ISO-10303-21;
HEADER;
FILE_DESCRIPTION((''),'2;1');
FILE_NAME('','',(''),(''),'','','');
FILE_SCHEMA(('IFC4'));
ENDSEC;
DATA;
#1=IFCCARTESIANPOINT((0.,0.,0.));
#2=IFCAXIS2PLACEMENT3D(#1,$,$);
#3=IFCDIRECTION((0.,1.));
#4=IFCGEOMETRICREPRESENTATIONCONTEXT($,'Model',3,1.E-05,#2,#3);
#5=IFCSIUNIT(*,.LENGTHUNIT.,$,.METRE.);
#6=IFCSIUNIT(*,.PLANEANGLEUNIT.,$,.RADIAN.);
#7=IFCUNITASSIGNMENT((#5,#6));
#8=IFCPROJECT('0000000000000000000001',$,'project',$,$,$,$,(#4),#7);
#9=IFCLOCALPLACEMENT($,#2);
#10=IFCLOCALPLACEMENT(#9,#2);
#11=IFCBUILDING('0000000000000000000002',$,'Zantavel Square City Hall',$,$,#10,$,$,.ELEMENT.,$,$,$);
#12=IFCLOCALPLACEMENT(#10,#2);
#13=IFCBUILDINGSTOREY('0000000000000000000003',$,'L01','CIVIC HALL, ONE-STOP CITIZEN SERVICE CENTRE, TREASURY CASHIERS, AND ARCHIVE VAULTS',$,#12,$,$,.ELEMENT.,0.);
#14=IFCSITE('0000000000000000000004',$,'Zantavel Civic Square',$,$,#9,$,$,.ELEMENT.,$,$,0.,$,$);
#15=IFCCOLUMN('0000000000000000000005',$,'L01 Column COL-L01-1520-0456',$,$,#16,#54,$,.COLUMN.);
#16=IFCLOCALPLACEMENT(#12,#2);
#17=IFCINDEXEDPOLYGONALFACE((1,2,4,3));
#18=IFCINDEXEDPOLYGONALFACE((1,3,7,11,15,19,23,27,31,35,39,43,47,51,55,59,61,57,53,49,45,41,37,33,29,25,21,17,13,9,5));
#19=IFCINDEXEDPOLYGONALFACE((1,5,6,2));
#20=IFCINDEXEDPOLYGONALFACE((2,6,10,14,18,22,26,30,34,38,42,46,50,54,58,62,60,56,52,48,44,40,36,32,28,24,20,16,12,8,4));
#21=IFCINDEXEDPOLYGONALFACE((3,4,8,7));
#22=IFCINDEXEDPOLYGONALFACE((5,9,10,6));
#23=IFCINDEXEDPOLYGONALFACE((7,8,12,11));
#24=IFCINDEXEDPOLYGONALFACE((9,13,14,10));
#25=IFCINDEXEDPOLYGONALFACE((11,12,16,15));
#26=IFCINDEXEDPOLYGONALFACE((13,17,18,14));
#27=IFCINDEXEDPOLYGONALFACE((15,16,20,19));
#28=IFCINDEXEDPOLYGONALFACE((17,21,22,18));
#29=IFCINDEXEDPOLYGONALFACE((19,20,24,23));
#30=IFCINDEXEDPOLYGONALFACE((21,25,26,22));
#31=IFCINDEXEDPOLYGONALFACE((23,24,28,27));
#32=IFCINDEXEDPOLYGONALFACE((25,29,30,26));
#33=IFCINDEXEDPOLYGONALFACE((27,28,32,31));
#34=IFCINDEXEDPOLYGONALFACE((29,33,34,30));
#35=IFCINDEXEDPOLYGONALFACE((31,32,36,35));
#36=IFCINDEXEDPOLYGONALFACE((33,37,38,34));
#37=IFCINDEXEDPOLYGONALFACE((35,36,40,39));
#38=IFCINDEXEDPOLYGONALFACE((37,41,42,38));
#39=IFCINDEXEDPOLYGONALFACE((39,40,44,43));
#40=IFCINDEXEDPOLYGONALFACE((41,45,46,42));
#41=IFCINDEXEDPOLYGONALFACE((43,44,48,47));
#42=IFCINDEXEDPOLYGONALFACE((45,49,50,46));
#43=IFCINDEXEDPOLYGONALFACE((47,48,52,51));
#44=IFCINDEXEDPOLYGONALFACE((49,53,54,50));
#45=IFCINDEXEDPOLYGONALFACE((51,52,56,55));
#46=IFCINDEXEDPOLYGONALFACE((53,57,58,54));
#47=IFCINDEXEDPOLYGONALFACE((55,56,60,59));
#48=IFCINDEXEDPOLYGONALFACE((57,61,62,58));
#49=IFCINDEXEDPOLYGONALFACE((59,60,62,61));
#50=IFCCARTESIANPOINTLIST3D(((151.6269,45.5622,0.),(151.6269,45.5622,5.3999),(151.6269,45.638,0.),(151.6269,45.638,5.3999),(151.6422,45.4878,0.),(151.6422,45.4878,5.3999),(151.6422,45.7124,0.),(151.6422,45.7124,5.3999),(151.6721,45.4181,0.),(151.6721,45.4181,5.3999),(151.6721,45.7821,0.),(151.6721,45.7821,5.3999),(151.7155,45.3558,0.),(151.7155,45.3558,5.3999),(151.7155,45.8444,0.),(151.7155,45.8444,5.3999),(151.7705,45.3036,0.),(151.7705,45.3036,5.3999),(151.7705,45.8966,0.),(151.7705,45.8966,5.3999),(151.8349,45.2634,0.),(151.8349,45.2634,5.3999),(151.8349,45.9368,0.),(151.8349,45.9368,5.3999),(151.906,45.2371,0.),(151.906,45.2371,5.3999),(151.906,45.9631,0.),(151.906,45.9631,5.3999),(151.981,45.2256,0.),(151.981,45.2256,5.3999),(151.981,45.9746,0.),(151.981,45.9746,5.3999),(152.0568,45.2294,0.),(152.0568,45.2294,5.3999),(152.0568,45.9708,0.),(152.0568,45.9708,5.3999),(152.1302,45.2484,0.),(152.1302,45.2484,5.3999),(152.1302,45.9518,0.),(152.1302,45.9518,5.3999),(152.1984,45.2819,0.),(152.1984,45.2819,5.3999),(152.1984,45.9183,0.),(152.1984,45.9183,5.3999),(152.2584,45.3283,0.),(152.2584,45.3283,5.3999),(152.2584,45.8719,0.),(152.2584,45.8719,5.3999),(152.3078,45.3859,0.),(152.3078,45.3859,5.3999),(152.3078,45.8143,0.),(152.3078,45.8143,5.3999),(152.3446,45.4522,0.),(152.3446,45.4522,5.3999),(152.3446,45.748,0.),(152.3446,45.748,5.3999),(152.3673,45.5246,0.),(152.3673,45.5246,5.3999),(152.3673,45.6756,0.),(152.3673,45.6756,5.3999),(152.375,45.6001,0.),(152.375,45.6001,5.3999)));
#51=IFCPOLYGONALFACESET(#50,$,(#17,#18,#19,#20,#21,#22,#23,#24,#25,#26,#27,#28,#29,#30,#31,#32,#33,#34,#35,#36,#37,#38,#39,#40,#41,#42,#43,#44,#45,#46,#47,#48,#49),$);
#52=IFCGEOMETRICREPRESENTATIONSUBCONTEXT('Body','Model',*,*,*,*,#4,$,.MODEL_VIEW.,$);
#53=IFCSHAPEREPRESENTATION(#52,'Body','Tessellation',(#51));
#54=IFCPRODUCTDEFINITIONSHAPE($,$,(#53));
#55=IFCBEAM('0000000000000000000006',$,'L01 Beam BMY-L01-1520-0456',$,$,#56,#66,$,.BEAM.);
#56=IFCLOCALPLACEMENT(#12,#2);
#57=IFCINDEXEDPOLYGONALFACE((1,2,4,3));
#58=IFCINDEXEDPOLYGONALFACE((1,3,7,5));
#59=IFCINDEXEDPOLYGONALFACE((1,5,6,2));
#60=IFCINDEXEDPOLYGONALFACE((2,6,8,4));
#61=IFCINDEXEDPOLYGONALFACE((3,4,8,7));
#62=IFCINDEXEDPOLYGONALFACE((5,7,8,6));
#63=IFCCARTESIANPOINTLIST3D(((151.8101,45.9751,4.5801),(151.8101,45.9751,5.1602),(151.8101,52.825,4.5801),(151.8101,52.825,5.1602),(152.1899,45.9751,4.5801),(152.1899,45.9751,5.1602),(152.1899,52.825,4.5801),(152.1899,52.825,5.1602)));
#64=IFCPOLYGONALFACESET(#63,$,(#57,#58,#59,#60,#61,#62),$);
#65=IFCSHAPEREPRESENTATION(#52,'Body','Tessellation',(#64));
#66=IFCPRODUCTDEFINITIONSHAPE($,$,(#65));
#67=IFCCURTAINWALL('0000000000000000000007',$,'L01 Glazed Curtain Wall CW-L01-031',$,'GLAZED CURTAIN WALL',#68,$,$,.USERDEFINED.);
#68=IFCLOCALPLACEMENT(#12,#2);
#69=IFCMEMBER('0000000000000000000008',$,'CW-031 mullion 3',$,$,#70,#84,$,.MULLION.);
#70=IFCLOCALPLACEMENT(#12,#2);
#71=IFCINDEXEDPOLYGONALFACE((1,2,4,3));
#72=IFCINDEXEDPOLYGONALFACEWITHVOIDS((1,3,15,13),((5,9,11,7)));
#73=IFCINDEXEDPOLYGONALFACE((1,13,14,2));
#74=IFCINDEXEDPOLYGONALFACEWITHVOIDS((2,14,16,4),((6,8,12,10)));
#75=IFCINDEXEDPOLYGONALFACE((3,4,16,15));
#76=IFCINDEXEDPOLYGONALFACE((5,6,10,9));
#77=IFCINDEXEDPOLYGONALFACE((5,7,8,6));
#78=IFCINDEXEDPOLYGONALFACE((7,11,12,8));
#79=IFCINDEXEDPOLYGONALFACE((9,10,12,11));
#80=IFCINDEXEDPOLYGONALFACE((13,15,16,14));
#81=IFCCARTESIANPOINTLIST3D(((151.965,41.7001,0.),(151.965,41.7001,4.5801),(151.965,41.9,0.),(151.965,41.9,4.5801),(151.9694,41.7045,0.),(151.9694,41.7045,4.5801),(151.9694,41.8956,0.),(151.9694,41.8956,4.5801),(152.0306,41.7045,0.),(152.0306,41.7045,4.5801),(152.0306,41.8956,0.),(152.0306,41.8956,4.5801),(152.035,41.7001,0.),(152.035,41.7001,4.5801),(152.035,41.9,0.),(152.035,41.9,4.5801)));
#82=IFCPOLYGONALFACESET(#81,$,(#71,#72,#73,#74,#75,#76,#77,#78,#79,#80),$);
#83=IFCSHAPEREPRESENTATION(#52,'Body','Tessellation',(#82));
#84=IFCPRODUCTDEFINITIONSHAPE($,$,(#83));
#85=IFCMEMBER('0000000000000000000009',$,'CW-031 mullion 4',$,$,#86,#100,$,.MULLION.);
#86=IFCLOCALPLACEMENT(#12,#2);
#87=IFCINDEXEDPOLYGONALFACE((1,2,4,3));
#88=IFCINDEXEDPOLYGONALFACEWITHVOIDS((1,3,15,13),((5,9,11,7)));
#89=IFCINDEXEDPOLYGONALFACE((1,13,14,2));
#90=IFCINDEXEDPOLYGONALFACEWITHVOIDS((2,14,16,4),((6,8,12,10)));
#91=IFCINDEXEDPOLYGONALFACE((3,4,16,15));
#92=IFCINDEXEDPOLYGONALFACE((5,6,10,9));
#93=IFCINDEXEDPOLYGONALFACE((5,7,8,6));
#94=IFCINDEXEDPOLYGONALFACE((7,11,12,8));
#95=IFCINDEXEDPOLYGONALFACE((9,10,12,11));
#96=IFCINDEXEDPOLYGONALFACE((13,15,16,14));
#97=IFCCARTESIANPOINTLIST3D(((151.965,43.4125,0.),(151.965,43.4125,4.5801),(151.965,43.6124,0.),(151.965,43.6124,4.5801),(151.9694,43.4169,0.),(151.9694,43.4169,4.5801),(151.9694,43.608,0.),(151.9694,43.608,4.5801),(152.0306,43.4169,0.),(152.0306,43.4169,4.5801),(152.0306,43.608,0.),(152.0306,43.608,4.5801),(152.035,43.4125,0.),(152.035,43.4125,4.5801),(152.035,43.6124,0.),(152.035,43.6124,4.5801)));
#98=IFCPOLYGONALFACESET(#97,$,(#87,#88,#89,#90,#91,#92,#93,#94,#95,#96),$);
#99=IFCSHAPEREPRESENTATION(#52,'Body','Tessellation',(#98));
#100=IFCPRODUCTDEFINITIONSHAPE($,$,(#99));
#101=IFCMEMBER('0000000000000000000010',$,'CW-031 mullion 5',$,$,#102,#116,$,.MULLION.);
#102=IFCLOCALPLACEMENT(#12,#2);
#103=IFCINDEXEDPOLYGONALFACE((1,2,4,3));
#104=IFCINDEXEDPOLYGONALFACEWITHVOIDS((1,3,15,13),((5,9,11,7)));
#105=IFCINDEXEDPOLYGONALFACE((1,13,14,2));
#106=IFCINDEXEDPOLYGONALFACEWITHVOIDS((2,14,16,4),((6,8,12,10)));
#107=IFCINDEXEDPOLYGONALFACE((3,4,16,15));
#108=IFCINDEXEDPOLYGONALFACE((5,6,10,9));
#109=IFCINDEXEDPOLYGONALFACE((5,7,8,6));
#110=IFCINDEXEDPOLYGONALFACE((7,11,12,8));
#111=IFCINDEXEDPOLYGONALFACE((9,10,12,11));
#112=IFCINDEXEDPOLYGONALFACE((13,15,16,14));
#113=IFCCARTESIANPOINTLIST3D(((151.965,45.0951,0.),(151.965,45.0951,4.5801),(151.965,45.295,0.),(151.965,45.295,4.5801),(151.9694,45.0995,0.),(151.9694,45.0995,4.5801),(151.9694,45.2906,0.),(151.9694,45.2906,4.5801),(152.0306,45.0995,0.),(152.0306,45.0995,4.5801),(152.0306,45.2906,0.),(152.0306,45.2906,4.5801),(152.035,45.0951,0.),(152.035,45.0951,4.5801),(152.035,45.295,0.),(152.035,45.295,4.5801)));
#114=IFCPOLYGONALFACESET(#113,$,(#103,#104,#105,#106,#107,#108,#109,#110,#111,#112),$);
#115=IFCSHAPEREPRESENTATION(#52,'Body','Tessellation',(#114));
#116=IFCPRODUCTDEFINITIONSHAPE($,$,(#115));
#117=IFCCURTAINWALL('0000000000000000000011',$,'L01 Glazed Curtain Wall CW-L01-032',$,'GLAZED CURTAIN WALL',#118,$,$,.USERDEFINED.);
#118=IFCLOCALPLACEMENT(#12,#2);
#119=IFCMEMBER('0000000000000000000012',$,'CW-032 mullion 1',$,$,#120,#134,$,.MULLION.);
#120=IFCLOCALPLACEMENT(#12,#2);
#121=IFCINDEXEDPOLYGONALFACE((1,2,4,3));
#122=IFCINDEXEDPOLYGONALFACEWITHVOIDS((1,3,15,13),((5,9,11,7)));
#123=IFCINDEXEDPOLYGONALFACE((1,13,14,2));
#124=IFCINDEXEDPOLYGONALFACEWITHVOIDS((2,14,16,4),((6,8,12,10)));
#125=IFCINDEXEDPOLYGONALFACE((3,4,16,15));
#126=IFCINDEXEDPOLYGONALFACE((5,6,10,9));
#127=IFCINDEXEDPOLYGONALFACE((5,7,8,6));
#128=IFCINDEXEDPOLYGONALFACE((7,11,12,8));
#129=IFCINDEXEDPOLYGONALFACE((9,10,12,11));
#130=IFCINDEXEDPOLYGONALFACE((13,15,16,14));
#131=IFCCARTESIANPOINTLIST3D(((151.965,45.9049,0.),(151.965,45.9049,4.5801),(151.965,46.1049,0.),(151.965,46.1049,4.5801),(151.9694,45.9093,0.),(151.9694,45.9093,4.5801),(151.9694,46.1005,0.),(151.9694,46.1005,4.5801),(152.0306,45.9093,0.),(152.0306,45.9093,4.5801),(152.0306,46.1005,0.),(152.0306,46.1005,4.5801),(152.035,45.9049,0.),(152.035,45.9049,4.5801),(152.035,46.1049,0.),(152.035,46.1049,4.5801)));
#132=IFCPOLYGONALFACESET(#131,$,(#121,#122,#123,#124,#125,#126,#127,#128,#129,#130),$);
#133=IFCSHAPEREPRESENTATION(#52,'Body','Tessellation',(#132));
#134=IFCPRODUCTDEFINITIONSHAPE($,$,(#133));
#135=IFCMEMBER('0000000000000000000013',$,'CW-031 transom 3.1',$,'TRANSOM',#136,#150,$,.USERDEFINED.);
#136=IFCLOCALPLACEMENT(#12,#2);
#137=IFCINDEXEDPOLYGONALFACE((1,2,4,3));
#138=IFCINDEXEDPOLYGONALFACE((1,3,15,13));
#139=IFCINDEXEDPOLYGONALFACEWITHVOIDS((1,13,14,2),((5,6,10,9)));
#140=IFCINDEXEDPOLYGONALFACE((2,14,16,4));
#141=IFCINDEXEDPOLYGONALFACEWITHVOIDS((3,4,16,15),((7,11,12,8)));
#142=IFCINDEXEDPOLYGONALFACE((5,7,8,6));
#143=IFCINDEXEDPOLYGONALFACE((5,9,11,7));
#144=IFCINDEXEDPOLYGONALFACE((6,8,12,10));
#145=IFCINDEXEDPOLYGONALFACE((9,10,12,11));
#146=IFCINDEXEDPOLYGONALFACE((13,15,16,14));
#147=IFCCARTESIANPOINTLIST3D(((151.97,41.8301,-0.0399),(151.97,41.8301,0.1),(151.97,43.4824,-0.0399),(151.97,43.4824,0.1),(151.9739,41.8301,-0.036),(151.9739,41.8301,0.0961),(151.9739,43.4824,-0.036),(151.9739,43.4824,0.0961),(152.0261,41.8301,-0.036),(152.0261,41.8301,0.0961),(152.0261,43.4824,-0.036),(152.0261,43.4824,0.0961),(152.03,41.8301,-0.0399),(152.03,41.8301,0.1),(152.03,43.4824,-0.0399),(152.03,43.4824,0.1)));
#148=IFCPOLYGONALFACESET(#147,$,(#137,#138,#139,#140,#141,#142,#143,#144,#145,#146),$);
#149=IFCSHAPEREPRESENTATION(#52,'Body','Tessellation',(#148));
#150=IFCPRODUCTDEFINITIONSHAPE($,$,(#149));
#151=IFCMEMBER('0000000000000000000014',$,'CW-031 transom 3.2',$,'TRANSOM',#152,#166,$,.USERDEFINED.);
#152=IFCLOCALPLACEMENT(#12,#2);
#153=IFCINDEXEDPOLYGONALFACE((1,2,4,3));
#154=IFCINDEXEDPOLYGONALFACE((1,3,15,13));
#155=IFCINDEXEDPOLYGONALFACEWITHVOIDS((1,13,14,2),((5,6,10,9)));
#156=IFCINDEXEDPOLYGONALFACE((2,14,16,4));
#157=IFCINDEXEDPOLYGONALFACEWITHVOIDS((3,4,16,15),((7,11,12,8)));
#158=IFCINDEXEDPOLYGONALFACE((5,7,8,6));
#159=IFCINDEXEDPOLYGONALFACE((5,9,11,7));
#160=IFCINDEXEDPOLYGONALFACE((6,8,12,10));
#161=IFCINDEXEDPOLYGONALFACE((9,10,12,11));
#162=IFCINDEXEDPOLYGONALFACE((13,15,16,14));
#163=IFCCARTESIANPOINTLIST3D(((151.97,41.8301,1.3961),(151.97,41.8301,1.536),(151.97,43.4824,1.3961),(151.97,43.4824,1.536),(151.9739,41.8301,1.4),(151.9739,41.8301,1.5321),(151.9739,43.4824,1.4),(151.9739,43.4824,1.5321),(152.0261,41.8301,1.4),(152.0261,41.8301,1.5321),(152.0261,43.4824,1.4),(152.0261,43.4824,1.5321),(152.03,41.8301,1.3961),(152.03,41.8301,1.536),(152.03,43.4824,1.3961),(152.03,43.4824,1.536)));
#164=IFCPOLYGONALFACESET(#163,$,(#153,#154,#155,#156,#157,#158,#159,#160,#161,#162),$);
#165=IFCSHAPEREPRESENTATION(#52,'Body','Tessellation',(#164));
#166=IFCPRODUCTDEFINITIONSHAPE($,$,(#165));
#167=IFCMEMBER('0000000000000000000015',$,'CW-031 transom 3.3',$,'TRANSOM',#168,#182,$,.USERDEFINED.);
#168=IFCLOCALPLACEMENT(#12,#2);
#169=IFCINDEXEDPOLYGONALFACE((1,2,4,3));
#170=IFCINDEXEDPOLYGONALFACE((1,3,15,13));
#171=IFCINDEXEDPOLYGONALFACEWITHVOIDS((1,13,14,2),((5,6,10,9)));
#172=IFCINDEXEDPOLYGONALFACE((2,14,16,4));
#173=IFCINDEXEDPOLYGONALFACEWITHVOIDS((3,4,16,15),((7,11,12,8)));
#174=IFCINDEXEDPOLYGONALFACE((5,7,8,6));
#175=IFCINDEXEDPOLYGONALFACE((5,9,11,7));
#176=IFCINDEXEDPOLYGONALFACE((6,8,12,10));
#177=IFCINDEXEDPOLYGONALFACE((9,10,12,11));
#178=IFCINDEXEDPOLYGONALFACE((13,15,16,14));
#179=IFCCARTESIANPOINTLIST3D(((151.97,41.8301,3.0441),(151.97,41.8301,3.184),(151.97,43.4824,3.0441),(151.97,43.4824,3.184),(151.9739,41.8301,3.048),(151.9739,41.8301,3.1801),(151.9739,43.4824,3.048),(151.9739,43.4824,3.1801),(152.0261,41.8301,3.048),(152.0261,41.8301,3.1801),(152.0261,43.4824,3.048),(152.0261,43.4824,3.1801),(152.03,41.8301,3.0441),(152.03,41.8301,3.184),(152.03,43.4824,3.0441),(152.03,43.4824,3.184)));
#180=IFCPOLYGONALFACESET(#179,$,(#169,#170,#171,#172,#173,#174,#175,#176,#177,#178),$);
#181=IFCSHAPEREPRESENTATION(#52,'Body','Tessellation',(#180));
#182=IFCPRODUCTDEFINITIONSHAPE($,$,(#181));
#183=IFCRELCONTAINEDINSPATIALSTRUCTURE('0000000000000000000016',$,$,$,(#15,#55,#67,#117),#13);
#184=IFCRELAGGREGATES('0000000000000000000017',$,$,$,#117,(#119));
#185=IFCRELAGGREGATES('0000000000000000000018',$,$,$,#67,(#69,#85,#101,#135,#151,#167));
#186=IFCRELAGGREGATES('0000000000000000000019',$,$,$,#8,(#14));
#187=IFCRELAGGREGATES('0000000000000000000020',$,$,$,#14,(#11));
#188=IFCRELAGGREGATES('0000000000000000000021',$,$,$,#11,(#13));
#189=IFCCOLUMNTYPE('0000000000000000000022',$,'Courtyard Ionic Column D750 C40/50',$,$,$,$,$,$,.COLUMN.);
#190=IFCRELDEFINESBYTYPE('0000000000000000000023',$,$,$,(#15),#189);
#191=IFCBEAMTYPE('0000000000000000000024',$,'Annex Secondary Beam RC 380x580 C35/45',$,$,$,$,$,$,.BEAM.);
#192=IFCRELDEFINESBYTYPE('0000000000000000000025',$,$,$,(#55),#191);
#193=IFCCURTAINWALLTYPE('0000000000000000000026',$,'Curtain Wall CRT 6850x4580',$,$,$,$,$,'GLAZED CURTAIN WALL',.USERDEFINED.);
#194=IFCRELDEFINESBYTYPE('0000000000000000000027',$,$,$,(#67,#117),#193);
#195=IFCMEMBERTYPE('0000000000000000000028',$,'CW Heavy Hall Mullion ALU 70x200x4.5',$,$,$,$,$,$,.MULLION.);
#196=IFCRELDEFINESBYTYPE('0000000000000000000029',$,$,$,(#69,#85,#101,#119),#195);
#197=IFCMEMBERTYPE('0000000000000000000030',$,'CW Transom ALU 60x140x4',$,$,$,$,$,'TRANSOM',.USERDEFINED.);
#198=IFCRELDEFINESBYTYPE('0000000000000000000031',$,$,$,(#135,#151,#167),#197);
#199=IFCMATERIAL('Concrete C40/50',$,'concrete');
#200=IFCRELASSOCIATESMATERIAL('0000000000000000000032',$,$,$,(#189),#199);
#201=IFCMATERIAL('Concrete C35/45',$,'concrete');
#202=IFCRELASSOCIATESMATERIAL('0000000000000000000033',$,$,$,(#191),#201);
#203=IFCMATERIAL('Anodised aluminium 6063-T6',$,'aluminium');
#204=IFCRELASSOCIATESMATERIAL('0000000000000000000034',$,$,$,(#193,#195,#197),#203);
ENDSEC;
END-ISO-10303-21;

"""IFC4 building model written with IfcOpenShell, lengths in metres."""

from ifc_helpers import new_model, si_unit, direction, frame, origin, origin_2d, place, context, subcontext, project, spatial, rectangle, hollow_rectangle, circle, extrude, material, material_profile, profile_set, type_object, element, aggregate, save


model = new_model("IFC4")

# Units and contexts
model_context = context("Model", 3, precision=1e-05, world=origin(), true_north=direction((0.0, 1.0)))
body_context = subcontext(model_context, "Body", "Model", "MODEL_VIEW")
ifc_project = project(units=[si_unit("LENGTHUNIT", "METRE"), si_unit("PLANEANGLEUNIT", "RADIAN")], contexts=[model_context])

# Site, building, storey
site_placement = place(None, origin())
site = spatial("IfcSite", under=ifc_project, at=site_placement, Name="Zantavel Civic Square", CompositionType="ELEMENT", RefElevation=0.0)
building_placement = place(site_placement, origin())
building = spatial("IfcBuilding", under=site, at=building_placement, Name="Zantavel Square City Hall", CompositionType="ELEMENT")
storey_placement = place(building_placement, origin())
storey = spatial("IfcBuildingStorey", under=building, at=storey_placement, Name="L01", Description="CIVIC HALL, ONE-STOP CITIZEN SERVICE CENTRE, TREASURY CASHIERS, AND ARCHIVE VAULTS", CompositionType="ELEMENT", Elevation=0.0)

# Column
ifc_material_1 = material(Name="Concrete C40/50", Category="concrete")
ifc_material_profile_1 = material_profile(ifc_material_1, circle(Radius=0.375, at=origin_2d()), Name="ROUND D750")
ifc_profile_set_1 = profile_set([ifc_material_profile_1], Name="Concrete C40/50")
column_type = type_object("IfcColumnType", Name="Courtyard Ionic Column D750 C40/50", PredefinedType="COLUMN", material=ifc_profile_set_1)
column_placement = place(storey_placement, frame((152.0, 45.6001, 0.0), z_axis=(0.0, 0.0, 1.0), x_axis=(1.0, 0.0, 0.0)))
element("IfcColumn", 1, at=column_placement, inside=storey, type_object=column_type, Name="L01 Column COL-L01-1520-0456", PredefinedType="COLUMN", context=body_context, shape_type="SweptSolid", body=[
    extrude(circle(Radius=0.375, at=origin_2d()), origin(), (0.0, 0.0, 1.0), 5.3999),
])

# Beam
ifc_material_2 = material(Name="Concrete C35/45", Category="concrete")
ifc_material_profile_2 = material_profile(ifc_material_2, rectangle(XDim=0.3799, YDim=0.5801, at=origin_2d()), Name="RC 380x580")
ifc_profile_set_2 = profile_set([ifc_material_profile_2], Name="Concrete C35/45")
beam_type = type_object("IfcBeamType", Name="Annex Secondary Beam RC 380x580 C35/45", PredefinedType="BEAM", material=ifc_profile_set_2)
beam_placement = place(storey_placement, frame((152.0, 45.9751, 4.8701), z_axis=(0.0, 1.0, 0.0), x_axis=(-1.0, 0.0, 0.0)))
element("IfcBeam", 2, at=beam_placement, inside=storey, type_object=beam_type, Name="L01 Beam BMY-L01-1520-0456", PredefinedType="BEAM", context=body_context, shape_type="SweptSolid", body=[
    extrude(rectangle(XDim=0.3799, YDim=0.5801, at=origin_2d()), origin(), (0.0, 0.0, 1.0), 6.8499),
])

# Curtain wall, members
ifc_material_3 = material(Name="Anodised aluminium 6063-T6", Category="aluminium")
curtain_wall_type = type_object("IfcCurtainWallType", Name="Curtain Wall CRT 6850x4580", ElementType="GLAZED CURTAIN WALL", PredefinedType="USERDEFINED", material=ifc_material_3)
curtain_wall_1_placement = place(storey_placement, origin())
curtain_wall_1 = element("IfcCurtainWall", 3, at=curtain_wall_1_placement, inside=storey, type_object=curtain_wall_type, Name="L01 Glazed Curtain Wall CW-L01-031", ObjectType="GLAZED CURTAIN WALL", PredefinedType="USERDEFINED")
ifc_material_profile_3 = material_profile(ifc_material_3, hollow_rectangle(XDim=0.0701, YDim=0.2, WallThickness=0.0044, at=origin_2d()), Name="ALU 70x200x4.5")
ifc_profile_set_3 = profile_set([ifc_material_profile_3], Name="Anodised aluminium 6063-T6")
member_type_1 = type_object("IfcMemberType", Name="CW Heavy Hall Mullion ALU 70x200x4.5", PredefinedType="MULLION", material=ifc_profile_set_3)
member_1_placement = place(storey_placement, frame((152.0, 41.8, 0.0), z_axis=(0.0, 0.0, 1.0), x_axis=(-1.0, 0.0, 0.0)))
member_1 = element("IfcMember", 4, at=member_1_placement, type_object=member_type_1, Name="CW-031 mullion 3", PredefinedType="MULLION", context=body_context, shape_type="SweptSolid", body=[
    extrude(hollow_rectangle(XDim=0.0701, YDim=0.2, WallThickness=0.0044, at=origin_2d()), origin(), (0.0, 0.0, 1.0), 4.5801),
])
member_2_placement = place(storey_placement, frame((152.0, 43.5125, 0.0), z_axis=(0.0, 0.0, 1.0), x_axis=(-1.0, 0.0, 0.0)))
member_2 = element("IfcMember", 5, at=member_2_placement, type_object=member_type_1, Name="CW-031 mullion 4", PredefinedType="MULLION", context=body_context, shape_type="SweptSolid", body=[
    extrude(hollow_rectangle(XDim=0.0701, YDim=0.2, WallThickness=0.0044, at=origin_2d()), origin(), (0.0, 0.0, 1.0), 4.5801),
])
member_3_placement = place(storey_placement, frame((152.0, 45.1951, 0.0), z_axis=(0.0, 0.0, 1.0), x_axis=(-1.0, 0.0, 0.0)))
member_3 = element("IfcMember", 6, at=member_3_placement, type_object=member_type_1, Name="CW-031 mullion 5", PredefinedType="MULLION", context=body_context, shape_type="SweptSolid", body=[
    extrude(hollow_rectangle(XDim=0.0701, YDim=0.2, WallThickness=0.0044, at=origin_2d()), origin(), (0.0, 0.0, 1.0), 4.5801),
])

# Curtain wall, member
curtain_wall_2_placement = place(storey_placement, origin())
curtain_wall_2 = element("IfcCurtainWall", 7, at=curtain_wall_2_placement, inside=storey, type_object=curtain_wall_type, Name="L01 Glazed Curtain Wall CW-L01-032", ObjectType="GLAZED CURTAIN WALL", PredefinedType="USERDEFINED")
member_4_placement = place(storey_placement, frame((152.0, 46.0049, 0.0), z_axis=(0.0, 0.0, 1.0), x_axis=(-1.0, 0.0, 0.0)))
member_4 = element("IfcMember", 8, at=member_4_placement, type_object=member_type_1, Name="CW-032 mullion 1", PredefinedType="MULLION", context=body_context, shape_type="SweptSolid", body=[
    extrude(hollow_rectangle(XDim=0.0701, YDim=0.2, WallThickness=0.0044, at=origin_2d()), origin(), (0.0, 0.0, 1.0), 4.5801),
])

# Members
ifc_material_profile_4 = material_profile(ifc_material_3, hollow_rectangle(XDim=0.0601, YDim=0.1399, WallThickness=0.0039, at=origin_2d()), Name="ALU 60x140x4")
ifc_profile_set_4 = profile_set([ifc_material_profile_4], Name="Anodised aluminium 6063-T6")
member_type_2 = type_object("IfcMemberType", Name="CW Transom ALU 60x140x4", ElementType="TRANSOM", PredefinedType="USERDEFINED", material=ifc_profile_set_4)
member_5_placement = place(storey_placement, frame((152.0, 41.8301, 0.03), z_axis=(0.0, 1.0, 0.0), x_axis=(-1.0, 0.0, 0.0)))
member_5 = element("IfcMember", 9, at=member_5_placement, type_object=member_type_2, Name="CW-031 transom 3.1", ObjectType="TRANSOM", PredefinedType="USERDEFINED", context=body_context, shape_type="SweptSolid", body=[
    extrude(hollow_rectangle(XDim=0.0601, YDim=0.1399, WallThickness=0.0039, at=origin_2d()), origin(), (0.0, 0.0, 1.0), 1.6523),
])
member_6_placement = place(storey_placement, frame((152.0, 41.8301, 1.4661), z_axis=(0.0, 1.0, 0.0), x_axis=(-1.0, 0.0, 0.0)))
member_6 = element("IfcMember", 10, at=member_6_placement, type_object=member_type_2, Name="CW-031 transom 3.2", ObjectType="TRANSOM", PredefinedType="USERDEFINED", context=body_context, shape_type="SweptSolid", body=[
    extrude(hollow_rectangle(XDim=0.0601, YDim=0.1399, WallThickness=0.0039, at=origin_2d()), origin(), (0.0, 0.0, 1.0), 1.6523),
])
member_7_placement = place(storey_placement, frame((152.0, 41.8301, 3.114), z_axis=(0.0, 1.0, 0.0), x_axis=(-1.0, 0.0, 0.0)))
member_7 = element("IfcMember", 11, at=member_7_placement, type_object=member_type_2, Name="CW-031 transom 3.3", ObjectType="TRANSOM", PredefinedType="USERDEFINED", context=body_context, shape_type="SweptSolid", body=[
    extrude(hollow_rectangle(XDim=0.0601, YDim=0.1399, WallThickness=0.0039, at=origin_2d()), origin(), (0.0, 0.0, 1.0), 1.6523),
])
aggregate(curtain_wall_2, [member_4])

aggregate(curtain_wall_1, [member_1, member_2, member_3, member_5, member_6, member_7])

save(model, "model.ifc")
